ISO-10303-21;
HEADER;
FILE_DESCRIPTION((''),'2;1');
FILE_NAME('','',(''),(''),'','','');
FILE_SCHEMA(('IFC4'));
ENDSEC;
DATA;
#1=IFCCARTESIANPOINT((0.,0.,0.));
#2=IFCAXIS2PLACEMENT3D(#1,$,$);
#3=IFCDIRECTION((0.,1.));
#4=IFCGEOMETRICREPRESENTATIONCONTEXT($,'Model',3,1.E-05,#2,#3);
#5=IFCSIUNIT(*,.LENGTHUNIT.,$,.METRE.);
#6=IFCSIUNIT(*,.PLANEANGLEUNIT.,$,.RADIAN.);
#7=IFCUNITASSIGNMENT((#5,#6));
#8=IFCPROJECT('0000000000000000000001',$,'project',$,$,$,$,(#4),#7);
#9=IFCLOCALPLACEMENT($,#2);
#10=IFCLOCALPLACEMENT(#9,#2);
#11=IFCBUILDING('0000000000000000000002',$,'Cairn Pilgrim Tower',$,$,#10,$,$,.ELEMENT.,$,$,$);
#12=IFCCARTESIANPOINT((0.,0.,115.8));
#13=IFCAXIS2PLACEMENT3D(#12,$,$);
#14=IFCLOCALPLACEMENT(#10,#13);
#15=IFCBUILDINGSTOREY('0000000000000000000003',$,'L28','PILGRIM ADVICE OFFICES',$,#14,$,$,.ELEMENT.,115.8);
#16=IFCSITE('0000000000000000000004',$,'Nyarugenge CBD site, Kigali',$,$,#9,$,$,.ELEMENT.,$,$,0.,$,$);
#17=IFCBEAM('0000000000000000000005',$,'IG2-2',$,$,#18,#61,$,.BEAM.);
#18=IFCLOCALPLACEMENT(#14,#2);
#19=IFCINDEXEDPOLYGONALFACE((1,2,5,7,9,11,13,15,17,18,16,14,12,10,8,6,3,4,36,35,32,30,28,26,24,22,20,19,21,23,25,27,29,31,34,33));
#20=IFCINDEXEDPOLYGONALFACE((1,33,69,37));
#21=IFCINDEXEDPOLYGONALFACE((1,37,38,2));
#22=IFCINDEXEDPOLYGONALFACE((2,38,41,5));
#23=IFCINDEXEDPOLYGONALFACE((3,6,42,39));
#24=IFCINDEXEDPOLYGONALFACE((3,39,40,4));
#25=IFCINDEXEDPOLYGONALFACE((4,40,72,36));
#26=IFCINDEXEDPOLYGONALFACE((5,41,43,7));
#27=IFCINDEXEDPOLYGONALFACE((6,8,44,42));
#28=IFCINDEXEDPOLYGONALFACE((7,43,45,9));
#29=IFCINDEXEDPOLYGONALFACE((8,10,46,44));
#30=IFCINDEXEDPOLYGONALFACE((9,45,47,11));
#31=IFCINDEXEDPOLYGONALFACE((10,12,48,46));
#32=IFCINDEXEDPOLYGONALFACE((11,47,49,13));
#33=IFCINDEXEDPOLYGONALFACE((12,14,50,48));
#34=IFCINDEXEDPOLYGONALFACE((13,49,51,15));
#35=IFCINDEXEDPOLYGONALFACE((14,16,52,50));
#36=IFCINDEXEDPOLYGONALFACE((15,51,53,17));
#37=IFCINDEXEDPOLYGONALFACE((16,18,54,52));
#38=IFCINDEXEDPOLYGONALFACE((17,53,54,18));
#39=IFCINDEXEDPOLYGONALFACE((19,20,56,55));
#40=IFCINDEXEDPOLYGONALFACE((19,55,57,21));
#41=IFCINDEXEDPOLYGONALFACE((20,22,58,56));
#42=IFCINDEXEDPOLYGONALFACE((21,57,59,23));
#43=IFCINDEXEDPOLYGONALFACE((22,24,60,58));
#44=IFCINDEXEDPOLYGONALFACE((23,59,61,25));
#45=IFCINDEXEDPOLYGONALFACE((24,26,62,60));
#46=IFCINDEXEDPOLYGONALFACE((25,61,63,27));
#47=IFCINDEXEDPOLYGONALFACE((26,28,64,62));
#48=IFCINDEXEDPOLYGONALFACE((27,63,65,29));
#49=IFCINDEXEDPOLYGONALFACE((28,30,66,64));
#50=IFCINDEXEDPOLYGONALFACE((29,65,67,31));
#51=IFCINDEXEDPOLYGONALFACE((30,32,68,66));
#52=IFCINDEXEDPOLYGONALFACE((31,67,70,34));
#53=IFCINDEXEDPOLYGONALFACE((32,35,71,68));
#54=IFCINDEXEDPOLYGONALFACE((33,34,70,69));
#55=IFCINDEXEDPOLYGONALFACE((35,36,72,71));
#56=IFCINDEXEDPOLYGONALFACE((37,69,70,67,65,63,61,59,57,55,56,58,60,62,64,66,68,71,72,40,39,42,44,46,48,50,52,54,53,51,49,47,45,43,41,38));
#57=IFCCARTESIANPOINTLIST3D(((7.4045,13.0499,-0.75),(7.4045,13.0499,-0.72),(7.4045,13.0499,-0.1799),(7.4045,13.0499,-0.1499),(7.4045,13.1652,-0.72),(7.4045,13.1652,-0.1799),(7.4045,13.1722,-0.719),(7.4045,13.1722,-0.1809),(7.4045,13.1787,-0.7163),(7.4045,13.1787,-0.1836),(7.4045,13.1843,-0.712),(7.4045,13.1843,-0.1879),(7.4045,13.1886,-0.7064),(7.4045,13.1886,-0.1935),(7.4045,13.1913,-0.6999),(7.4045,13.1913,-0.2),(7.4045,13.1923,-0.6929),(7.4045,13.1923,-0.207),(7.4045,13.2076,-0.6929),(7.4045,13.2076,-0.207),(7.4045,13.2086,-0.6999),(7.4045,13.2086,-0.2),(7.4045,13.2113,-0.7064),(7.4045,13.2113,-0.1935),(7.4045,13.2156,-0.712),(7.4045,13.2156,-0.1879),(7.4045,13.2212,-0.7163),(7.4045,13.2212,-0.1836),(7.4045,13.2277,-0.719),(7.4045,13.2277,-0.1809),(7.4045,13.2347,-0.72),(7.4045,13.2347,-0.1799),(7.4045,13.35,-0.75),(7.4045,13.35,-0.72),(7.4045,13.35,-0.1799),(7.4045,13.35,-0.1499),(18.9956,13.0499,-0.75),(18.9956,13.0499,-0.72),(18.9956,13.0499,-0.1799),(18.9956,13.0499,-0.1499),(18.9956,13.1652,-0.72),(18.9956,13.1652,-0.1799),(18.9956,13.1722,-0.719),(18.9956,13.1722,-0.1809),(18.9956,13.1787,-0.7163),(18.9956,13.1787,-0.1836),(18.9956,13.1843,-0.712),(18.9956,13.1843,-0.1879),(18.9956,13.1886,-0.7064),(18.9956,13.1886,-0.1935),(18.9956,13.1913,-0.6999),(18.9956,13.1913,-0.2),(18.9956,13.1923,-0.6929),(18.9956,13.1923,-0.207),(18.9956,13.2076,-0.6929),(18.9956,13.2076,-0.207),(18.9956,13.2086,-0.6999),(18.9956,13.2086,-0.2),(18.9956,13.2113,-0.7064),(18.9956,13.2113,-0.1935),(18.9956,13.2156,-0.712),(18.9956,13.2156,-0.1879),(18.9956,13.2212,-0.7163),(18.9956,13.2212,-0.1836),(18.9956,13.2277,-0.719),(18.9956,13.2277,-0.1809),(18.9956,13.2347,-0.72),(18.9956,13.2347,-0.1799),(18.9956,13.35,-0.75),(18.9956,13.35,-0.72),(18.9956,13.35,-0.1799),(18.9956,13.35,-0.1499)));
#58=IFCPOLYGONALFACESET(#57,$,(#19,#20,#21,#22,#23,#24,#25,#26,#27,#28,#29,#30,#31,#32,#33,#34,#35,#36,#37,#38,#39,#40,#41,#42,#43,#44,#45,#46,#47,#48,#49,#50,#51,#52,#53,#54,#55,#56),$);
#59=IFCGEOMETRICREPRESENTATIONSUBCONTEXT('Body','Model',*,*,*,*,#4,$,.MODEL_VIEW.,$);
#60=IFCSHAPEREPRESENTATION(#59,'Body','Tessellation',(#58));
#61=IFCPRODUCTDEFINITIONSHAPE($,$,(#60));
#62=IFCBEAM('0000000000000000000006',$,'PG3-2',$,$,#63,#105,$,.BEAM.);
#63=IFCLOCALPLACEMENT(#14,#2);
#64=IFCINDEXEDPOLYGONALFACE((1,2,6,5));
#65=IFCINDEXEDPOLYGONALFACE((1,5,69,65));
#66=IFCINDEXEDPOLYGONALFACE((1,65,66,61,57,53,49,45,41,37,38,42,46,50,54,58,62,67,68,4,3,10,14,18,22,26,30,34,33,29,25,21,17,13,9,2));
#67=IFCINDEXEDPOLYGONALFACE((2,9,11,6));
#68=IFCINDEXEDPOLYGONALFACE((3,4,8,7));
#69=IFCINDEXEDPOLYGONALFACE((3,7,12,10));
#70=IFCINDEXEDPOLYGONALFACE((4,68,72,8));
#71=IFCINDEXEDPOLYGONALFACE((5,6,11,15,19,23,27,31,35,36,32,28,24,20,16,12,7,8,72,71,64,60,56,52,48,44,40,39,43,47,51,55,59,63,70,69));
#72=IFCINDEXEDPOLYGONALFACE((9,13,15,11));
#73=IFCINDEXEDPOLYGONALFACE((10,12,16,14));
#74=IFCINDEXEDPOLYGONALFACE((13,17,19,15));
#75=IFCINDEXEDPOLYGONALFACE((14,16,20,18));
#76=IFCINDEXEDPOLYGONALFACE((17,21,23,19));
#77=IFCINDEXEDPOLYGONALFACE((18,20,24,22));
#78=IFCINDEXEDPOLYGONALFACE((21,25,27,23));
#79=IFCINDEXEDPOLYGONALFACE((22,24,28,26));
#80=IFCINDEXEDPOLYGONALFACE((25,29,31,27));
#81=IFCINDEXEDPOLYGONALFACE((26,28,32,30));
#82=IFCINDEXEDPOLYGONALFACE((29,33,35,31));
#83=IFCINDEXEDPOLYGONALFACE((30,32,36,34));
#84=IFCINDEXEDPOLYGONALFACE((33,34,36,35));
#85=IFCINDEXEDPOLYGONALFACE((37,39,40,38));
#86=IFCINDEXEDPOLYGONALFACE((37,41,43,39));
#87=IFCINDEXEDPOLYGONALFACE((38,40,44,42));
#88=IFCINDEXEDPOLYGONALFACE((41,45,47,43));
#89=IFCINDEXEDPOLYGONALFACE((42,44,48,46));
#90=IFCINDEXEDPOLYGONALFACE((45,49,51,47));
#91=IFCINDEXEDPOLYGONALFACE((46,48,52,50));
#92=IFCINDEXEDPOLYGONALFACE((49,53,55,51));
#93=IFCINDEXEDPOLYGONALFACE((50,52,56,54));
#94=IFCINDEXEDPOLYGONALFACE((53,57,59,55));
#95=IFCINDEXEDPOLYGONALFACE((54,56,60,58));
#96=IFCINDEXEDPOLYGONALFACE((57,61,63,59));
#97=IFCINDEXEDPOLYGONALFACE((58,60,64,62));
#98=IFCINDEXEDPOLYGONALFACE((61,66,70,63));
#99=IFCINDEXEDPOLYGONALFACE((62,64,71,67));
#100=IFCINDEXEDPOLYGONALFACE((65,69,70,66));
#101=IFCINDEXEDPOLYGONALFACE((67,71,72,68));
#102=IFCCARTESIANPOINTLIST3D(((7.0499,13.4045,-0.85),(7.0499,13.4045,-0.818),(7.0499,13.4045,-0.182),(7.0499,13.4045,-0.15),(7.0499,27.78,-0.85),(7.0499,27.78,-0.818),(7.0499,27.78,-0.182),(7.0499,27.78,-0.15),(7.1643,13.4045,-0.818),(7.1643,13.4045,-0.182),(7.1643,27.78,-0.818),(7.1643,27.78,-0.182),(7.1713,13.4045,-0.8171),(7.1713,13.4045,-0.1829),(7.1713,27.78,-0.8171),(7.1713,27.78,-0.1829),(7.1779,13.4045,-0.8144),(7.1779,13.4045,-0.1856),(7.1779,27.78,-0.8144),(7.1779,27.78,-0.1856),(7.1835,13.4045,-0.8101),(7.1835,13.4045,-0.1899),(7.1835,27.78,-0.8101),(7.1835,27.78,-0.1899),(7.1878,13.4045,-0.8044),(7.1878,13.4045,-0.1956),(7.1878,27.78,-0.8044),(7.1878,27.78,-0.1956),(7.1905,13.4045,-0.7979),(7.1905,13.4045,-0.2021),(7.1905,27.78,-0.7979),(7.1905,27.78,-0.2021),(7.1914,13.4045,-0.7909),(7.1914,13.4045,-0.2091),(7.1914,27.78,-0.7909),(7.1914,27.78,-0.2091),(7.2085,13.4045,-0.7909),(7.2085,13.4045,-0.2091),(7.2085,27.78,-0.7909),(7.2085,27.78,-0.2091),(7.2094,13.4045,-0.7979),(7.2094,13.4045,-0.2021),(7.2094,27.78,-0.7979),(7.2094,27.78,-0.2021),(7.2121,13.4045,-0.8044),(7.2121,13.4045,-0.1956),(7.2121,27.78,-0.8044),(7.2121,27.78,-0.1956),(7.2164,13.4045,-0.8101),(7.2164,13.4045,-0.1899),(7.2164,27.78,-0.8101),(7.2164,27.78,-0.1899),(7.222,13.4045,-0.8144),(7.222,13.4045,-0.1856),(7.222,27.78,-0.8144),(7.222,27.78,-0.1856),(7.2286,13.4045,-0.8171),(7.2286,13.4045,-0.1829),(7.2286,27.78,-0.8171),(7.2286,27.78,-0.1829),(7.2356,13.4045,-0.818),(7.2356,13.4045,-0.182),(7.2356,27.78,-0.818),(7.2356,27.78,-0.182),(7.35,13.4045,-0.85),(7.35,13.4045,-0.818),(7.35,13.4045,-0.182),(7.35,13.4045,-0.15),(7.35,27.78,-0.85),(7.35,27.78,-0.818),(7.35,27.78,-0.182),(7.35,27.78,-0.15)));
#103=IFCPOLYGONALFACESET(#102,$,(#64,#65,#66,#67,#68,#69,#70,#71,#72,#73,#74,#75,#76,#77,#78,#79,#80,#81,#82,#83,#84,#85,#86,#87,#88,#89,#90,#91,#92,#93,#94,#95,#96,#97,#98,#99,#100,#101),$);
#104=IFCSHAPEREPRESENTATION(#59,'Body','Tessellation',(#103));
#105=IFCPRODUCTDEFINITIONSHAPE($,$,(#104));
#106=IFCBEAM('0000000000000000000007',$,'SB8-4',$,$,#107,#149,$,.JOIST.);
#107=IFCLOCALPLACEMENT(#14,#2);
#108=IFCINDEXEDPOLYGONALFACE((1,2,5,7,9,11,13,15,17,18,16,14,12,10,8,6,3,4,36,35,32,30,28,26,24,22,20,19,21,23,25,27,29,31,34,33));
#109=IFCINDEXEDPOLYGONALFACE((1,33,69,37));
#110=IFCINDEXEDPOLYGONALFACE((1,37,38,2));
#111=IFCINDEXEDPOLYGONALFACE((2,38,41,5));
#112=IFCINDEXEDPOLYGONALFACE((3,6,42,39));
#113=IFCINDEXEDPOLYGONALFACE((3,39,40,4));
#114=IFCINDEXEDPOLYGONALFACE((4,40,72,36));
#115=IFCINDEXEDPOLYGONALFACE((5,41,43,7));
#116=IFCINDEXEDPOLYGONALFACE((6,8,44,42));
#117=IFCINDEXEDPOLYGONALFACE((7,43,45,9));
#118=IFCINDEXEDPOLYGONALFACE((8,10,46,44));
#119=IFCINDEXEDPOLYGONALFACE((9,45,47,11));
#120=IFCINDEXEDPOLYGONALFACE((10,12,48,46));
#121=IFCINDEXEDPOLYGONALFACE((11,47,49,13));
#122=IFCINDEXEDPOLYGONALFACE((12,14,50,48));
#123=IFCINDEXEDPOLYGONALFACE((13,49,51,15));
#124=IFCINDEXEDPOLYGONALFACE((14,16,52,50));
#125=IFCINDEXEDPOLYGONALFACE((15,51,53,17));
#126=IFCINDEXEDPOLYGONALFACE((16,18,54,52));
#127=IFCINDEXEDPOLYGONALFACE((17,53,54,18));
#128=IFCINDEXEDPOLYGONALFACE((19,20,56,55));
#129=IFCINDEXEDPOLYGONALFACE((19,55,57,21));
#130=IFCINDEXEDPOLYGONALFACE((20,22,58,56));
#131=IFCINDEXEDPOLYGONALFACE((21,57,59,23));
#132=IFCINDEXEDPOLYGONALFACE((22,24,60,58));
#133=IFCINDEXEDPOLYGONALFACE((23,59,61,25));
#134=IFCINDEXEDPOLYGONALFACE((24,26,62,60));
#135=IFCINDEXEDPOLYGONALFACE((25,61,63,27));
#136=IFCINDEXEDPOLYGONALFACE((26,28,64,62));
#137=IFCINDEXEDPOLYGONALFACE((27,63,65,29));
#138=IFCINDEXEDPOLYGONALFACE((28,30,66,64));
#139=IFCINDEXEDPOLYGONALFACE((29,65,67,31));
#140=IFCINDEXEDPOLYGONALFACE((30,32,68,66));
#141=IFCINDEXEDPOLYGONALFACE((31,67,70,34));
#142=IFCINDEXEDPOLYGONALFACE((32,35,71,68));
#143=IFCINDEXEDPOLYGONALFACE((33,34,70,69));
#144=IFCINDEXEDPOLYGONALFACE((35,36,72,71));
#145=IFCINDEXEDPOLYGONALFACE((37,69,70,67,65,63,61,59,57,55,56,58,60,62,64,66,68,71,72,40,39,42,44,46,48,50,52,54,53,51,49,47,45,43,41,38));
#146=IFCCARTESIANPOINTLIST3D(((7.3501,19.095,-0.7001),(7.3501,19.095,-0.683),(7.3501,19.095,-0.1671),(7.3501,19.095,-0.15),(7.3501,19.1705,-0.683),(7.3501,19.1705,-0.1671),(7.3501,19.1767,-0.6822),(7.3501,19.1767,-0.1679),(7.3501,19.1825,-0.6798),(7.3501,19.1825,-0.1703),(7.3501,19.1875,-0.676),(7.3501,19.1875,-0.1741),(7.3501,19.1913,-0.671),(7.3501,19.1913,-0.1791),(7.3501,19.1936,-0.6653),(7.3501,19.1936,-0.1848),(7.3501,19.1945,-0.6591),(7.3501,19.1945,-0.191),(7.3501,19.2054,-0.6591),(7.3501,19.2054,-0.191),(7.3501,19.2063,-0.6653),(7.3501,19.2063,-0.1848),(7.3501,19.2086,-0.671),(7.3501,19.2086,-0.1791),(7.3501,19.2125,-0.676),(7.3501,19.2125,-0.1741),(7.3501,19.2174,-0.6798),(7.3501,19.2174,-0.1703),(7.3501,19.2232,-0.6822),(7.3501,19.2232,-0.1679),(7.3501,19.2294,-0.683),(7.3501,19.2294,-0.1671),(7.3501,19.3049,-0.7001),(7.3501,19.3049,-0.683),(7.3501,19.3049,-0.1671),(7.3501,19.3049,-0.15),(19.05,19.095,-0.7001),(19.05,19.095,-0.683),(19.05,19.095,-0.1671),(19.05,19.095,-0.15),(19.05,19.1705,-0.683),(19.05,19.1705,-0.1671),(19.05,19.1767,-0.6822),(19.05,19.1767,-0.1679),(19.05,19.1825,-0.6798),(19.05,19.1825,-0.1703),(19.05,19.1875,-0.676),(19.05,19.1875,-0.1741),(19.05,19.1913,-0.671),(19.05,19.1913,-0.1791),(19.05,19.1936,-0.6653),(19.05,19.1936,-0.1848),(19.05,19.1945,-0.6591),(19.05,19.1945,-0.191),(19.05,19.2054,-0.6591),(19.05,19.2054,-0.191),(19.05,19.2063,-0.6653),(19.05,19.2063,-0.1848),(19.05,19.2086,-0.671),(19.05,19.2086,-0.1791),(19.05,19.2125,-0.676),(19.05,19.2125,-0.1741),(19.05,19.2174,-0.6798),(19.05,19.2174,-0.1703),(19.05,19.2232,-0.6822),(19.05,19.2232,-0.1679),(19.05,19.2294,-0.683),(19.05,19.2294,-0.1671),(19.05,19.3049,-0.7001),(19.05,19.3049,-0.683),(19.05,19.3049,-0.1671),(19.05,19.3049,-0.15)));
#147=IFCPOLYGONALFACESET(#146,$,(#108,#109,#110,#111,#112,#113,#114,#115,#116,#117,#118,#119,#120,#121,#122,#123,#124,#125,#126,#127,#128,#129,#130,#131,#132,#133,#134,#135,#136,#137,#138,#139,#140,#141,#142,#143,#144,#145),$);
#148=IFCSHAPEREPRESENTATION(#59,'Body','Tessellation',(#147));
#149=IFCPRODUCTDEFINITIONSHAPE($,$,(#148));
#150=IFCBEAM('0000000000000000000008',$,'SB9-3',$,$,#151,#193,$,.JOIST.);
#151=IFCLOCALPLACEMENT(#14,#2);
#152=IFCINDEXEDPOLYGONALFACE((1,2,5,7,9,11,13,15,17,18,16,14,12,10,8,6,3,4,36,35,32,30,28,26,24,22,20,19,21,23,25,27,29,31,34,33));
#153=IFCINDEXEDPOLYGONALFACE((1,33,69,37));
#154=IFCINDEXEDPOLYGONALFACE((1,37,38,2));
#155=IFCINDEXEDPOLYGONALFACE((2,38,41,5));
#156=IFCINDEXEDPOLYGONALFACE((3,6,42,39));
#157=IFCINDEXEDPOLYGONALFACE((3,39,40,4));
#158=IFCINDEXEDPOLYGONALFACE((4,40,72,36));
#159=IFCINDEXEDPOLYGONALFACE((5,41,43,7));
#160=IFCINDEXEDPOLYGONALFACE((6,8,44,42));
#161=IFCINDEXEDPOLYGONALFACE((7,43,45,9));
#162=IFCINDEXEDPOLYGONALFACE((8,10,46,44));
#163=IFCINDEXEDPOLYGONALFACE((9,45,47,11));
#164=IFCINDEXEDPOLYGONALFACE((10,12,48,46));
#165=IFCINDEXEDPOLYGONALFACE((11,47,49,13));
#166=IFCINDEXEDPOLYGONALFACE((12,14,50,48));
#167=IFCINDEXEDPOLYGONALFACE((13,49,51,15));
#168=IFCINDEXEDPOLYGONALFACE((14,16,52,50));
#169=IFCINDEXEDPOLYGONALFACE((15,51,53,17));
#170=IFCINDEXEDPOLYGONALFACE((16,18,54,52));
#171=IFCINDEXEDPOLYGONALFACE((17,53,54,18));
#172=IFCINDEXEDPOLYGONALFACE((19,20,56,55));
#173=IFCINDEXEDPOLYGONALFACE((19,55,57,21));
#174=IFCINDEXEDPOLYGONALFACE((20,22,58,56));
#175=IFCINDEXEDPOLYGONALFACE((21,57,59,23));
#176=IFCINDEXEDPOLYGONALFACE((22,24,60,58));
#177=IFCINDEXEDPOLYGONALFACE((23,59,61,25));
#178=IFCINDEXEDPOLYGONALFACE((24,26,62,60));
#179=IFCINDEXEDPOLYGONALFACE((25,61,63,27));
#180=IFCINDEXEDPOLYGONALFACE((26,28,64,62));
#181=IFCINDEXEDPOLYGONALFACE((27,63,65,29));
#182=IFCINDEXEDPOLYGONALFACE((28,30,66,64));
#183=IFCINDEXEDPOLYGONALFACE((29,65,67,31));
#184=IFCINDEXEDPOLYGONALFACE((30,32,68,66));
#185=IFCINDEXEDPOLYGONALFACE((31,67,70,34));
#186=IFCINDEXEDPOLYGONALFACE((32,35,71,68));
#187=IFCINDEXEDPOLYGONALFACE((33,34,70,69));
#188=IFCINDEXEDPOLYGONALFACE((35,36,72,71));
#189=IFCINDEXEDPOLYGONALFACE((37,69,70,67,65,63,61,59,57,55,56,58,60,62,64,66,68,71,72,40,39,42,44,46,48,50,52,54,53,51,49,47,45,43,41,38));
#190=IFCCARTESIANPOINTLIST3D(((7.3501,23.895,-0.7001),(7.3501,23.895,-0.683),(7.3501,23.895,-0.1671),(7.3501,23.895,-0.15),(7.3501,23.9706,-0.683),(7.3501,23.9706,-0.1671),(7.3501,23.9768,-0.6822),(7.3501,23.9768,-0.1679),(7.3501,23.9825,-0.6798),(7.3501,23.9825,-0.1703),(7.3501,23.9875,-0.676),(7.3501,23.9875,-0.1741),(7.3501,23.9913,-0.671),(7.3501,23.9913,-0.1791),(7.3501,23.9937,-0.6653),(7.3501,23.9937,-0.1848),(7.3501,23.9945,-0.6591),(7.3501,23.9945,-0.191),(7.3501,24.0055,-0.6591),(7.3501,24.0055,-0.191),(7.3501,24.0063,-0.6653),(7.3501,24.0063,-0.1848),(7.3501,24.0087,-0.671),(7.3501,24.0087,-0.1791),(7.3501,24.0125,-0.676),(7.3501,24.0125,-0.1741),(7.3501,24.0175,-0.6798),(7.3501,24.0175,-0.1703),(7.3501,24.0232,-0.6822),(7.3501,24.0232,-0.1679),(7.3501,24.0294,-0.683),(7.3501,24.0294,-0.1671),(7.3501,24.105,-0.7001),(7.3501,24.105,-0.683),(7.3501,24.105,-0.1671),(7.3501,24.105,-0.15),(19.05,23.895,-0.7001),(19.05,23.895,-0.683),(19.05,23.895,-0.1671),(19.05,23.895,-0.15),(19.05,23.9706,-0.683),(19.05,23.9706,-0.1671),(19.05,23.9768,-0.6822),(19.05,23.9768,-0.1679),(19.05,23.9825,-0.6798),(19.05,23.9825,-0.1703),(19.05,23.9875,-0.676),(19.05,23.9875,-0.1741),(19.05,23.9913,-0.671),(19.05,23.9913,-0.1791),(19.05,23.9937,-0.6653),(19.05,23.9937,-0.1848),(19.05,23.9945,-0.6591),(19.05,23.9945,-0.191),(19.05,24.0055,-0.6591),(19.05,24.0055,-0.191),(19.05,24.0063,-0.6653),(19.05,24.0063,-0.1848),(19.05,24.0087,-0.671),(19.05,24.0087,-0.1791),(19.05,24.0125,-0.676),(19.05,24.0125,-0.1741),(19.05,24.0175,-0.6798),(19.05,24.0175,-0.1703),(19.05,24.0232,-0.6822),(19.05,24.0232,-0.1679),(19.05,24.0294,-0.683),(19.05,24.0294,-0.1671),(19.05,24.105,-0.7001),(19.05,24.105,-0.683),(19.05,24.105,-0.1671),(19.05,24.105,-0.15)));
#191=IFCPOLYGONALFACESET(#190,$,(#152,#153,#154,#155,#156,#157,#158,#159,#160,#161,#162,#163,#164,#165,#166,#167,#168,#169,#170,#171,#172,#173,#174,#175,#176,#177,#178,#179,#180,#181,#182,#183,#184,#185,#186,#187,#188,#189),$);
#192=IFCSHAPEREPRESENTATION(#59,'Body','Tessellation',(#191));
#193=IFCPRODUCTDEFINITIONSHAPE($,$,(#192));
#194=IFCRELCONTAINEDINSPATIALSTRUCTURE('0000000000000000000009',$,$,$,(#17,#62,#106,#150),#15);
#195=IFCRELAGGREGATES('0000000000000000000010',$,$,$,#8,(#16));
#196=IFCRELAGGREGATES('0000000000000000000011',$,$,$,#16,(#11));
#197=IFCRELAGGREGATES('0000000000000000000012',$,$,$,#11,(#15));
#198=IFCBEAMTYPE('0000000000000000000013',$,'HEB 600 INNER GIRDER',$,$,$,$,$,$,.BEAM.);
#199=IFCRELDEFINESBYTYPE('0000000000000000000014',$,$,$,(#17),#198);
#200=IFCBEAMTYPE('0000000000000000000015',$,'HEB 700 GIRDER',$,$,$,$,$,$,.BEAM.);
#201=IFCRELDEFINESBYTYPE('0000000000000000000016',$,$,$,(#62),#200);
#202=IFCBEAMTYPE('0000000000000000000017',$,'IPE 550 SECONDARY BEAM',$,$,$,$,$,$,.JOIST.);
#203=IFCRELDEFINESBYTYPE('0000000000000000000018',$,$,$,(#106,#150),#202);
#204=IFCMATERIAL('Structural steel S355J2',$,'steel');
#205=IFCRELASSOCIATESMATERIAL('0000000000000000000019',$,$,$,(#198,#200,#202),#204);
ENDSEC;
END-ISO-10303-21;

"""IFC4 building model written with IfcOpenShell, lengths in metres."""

from ifc_helpers import new_model, si_unit, direction, frame, origin, origin_2d, place, context, subcontext, project, spatial, i_section, extrude, material, material_profile, profile_set, type_object, element, save


model = new_model("IFC4")

# Units and contexts
model_context = context("Model", 3, precision=1e-05, world=origin(), true_north=direction((0.0, 1.0)))
body_context = subcontext(model_context, "Body", "Model", "MODEL_VIEW")
ifc_project = project(units=[si_unit("LENGTHUNIT", "METRE"), si_unit("PLANEANGLEUNIT", "RADIAN")], contexts=[model_context])

# Site, building, storey
site_placement = place(None, origin())
site = spatial("IfcSite", under=ifc_project, at=site_placement, Name="Nyarugenge CBD site, Kigali", CompositionType="ELEMENT", RefElevation=0.0)
building_placement = place(site_placement, origin())
building = spatial("IfcBuilding", under=site, at=building_placement, Name="Cairn Pilgrim Tower", CompositionType="ELEMENT")
storey_placement = place(building_placement, frame((0.0, 0.0, 115.8)))
storey = spatial("IfcBuildingStorey", under=building, at=storey_placement, Name="L28", Description="PILGRIM ADVICE OFFICES", CompositionType="ELEMENT", Elevation=115.8)

# Beams
ifc_material_1 = material(Name="Structural steel S355J2", Category="steel")
ifc_material_profile_1 = material_profile(ifc_material_1, i_section(OverallWidth=0.3, OverallDepth=0.6001, WebThickness=0.0154, FlangeThickness=0.03, FilletRadius=0.0271, at=origin_2d()), Name="HEB 600")
ifc_profile_set_1 = profile_set([ifc_material_profile_1], Name="Structural steel S355J2")
beam_type_1 = type_object("IfcBeamType", Name="HEB 600 INNER GIRDER", PredefinedType="BEAM", material=ifc_profile_set_1)
beam_1_placement = place(storey_placement, frame((7.4045, 13.2, -0.45), z_axis=(1.0, 0.0, 0.0), x_axis=(0.0, 1.0, 0.0)))
element("IfcBeam", 1, at=beam_1_placement, inside=storey, type_object=beam_type_1, Name="IG2-2", PredefinedType="BEAM", context=body_context, shape_type="SweptSolid", body=[
    extrude(i_section(OverallWidth=0.3, OverallDepth=0.6001, WebThickness=0.0154, FlangeThickness=0.03, FilletRadius=0.0271, at=origin_2d()), origin(), (0.0, 0.0, 1.0), 11.5911),
])
ifc_material_profile_2 = material_profile(ifc_material_1, i_section(OverallWidth=0.3, OverallDepth=0.7, WebThickness=0.0171, FlangeThickness=0.032, FilletRadius=0.0271, at=origin_2d()), Name="HEB 700")
ifc_profile_set_2 = profile_set([ifc_material_profile_2], Name="Structural steel S355J2")
beam_type_2 = type_object("IfcBeamType", Name="HEB 700 GIRDER", PredefinedType="BEAM", material=ifc_profile_set_2)
beam_2_placement = place(storey_placement, frame((7.2, 13.4045, -0.5), z_axis=(0.0, 1.0, 0.0), x_axis=(-1.0, 0.0, 0.0)))
element("IfcBeam", 2, at=beam_2_placement, inside=storey, type_object=beam_type_2, Name="PG3-2", PredefinedType="BEAM", context=body_context, shape_type="SweptSolid", body=[
    extrude(i_section(OverallWidth=0.3, OverallDepth=0.7, WebThickness=0.0171, FlangeThickness=0.032, FilletRadius=0.0271, at=origin_2d()), origin(), (0.0, 0.0, 1.0), 14.3755),
])
ifc_material_profile_3 = material_profile(ifc_material_1, i_section(OverallWidth=0.21, OverallDepth=0.55, WebThickness=0.011, FlangeThickness=0.0171, FilletRadius=0.0239, at=origin_2d()), Name="IPE 550")
ifc_profile_set_3 = profile_set([ifc_material_profile_3], Name="Structural steel S355J2")
beam_type_3 = type_object("IfcBeamType", Name="IPE 550 SECONDARY BEAM", PredefinedType="JOIST", material=ifc_profile_set_3)
for number, where, z_axis, x_axis, name in (
    (3, (7.3501, 19.2, -0.425), (1.0, 0.0, 0.0), (0.0, 1.0, 0.0), "SB8-4"),
    (4, (7.3501, 24.0, -0.425), (1.0, 0.0, 0.0), (0.0, 1.0, 0.0), "SB9-3"),
):
    element("IfcBeam", number, at=place(storey_placement, frame(where, z_axis=z_axis, x_axis=x_axis)), inside=storey, type_object=beam_type_3, Name=name, PredefinedType="JOIST", context=body_context, shape_type="SweptSolid", body=[
        extrude(i_section(OverallWidth=0.21, OverallDepth=0.55, WebThickness=0.011, FlangeThickness=0.0171, FilletRadius=0.0239, at=origin_2d()), origin(), (0.0, 0.0, 1.0), 11.7),
    ])

save(model, "model.ifc")
